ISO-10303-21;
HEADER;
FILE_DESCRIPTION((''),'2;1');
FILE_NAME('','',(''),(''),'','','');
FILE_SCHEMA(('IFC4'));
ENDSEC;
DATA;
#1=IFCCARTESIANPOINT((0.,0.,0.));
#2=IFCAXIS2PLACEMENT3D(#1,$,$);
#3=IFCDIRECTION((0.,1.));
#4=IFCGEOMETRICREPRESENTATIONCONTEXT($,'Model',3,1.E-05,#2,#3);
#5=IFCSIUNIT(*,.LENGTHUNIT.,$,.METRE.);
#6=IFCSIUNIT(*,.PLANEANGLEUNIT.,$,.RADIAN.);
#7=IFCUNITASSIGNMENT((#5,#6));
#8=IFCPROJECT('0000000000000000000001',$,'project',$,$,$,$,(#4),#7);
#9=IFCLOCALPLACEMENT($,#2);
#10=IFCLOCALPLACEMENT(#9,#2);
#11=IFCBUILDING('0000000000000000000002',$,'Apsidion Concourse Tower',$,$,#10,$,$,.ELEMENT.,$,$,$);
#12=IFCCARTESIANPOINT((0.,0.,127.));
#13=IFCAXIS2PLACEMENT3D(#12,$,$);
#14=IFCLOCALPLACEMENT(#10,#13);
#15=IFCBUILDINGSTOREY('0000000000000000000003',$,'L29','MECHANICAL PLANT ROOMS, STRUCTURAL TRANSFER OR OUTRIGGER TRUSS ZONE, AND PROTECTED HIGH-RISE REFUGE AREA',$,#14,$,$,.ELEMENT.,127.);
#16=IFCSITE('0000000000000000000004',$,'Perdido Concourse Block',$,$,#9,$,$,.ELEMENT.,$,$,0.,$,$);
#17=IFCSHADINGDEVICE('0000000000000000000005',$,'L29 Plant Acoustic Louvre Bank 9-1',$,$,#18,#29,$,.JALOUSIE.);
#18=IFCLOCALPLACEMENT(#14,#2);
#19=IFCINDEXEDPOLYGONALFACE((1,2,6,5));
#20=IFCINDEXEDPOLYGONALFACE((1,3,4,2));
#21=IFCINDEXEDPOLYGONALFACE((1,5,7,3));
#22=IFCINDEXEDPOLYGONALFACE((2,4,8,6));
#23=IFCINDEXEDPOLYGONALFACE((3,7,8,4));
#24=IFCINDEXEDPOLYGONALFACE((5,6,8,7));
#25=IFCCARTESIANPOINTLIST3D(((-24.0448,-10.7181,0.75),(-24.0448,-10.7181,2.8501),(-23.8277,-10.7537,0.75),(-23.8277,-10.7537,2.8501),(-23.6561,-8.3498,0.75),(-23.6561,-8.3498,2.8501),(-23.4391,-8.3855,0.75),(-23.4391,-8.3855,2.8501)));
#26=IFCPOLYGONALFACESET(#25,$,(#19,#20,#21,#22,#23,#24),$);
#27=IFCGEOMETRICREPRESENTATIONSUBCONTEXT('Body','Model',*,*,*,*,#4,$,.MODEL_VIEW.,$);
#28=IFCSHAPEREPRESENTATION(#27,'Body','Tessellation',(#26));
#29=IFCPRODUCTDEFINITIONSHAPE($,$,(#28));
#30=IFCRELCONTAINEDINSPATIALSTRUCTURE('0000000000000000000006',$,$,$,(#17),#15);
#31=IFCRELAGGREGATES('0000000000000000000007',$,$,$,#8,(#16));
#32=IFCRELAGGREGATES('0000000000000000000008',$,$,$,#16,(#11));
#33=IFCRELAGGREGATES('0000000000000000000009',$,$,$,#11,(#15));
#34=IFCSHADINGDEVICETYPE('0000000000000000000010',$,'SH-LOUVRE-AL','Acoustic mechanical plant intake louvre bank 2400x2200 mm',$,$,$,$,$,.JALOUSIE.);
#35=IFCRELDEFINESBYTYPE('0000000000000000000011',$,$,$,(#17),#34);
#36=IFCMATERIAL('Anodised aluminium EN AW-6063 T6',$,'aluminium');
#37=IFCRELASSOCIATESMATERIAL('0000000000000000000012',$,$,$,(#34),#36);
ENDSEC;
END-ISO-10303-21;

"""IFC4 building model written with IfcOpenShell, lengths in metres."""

from ifc_helpers import new_model, si_unit, direction, frame, origin, origin_2d, place, context, subcontext, project, spatial, rectangle, extrude, material, type_object, element, save


model = new_model("IFC4")

# Units and contexts
model_context = context("Model", 3, precision=1e-05, world=origin(), true_north=direction((0.0, 1.0)))
body_context = subcontext(model_context, "Body", "Model", "MODEL_VIEW")
ifc_project = project(units=[si_unit("LENGTHUNIT", "METRE"), si_unit("PLANEANGLEUNIT", "RADIAN")], contexts=[model_context])

# Site, building, storey
site_placement = place(None, origin())
site = spatial("IfcSite", under=ifc_project, at=site_placement, Name="Perdido Concourse Block", CompositionType="ELEMENT", RefElevation=0.0)
building_placement = place(site_placement, origin())
building = spatial("IfcBuilding", under=site, at=building_placement, Name="Apsidion Concourse Tower", CompositionType="ELEMENT")
storey_placement = place(building_placement, frame((0.0, 0.0, 127.0)))
storey = spatial("IfcBuildingStorey", under=building, at=storey_placement, Name="L29", Description="MECHANICAL PLANT ROOMS, STRUCTURAL TRANSFER OR OUTRIGGER TRUSS ZONE, AND PROTECTED HIGH-RISE REFUGE AREA", CompositionType="ELEMENT", Elevation=127.0)

# Shading device
ifc_material_1 = material(Name="Anodised aluminium EN AW-6063 T6", Category="aluminium")
shading_device_type = type_object("IfcShadingDeviceType", Name="SH-LOUVRE-AL", Description="Acoustic mechanical plant intake louvre bank 2400x2200 mm", PredefinedType="JALOUSIE", material=ifc_material_1)
for number, where, z_axis, x_axis, name in (
    (1, (-23.7419, -9.5518, 0.75), (0.0, 0.0, 1.0), (0.161948, 0.986799, 0.0), "L29 Plant Acoustic Louvre Bank 9-1"),
):
    element("IfcShadingDevice", number, at=place(storey_placement, frame(where, z_axis=z_axis, x_axis=x_axis)), inside=storey, type_object=shading_device_type, Name=name, PredefinedType="JALOUSIE", context=body_context, shape_type="SweptSolid", body=[
        extrude(rectangle(XDim=2.3999, YDim=0.22, at=origin_2d()), origin(), (0.0, 0.0, 1.0), 2.1001),
    ])

save(model, "model.ifc")
